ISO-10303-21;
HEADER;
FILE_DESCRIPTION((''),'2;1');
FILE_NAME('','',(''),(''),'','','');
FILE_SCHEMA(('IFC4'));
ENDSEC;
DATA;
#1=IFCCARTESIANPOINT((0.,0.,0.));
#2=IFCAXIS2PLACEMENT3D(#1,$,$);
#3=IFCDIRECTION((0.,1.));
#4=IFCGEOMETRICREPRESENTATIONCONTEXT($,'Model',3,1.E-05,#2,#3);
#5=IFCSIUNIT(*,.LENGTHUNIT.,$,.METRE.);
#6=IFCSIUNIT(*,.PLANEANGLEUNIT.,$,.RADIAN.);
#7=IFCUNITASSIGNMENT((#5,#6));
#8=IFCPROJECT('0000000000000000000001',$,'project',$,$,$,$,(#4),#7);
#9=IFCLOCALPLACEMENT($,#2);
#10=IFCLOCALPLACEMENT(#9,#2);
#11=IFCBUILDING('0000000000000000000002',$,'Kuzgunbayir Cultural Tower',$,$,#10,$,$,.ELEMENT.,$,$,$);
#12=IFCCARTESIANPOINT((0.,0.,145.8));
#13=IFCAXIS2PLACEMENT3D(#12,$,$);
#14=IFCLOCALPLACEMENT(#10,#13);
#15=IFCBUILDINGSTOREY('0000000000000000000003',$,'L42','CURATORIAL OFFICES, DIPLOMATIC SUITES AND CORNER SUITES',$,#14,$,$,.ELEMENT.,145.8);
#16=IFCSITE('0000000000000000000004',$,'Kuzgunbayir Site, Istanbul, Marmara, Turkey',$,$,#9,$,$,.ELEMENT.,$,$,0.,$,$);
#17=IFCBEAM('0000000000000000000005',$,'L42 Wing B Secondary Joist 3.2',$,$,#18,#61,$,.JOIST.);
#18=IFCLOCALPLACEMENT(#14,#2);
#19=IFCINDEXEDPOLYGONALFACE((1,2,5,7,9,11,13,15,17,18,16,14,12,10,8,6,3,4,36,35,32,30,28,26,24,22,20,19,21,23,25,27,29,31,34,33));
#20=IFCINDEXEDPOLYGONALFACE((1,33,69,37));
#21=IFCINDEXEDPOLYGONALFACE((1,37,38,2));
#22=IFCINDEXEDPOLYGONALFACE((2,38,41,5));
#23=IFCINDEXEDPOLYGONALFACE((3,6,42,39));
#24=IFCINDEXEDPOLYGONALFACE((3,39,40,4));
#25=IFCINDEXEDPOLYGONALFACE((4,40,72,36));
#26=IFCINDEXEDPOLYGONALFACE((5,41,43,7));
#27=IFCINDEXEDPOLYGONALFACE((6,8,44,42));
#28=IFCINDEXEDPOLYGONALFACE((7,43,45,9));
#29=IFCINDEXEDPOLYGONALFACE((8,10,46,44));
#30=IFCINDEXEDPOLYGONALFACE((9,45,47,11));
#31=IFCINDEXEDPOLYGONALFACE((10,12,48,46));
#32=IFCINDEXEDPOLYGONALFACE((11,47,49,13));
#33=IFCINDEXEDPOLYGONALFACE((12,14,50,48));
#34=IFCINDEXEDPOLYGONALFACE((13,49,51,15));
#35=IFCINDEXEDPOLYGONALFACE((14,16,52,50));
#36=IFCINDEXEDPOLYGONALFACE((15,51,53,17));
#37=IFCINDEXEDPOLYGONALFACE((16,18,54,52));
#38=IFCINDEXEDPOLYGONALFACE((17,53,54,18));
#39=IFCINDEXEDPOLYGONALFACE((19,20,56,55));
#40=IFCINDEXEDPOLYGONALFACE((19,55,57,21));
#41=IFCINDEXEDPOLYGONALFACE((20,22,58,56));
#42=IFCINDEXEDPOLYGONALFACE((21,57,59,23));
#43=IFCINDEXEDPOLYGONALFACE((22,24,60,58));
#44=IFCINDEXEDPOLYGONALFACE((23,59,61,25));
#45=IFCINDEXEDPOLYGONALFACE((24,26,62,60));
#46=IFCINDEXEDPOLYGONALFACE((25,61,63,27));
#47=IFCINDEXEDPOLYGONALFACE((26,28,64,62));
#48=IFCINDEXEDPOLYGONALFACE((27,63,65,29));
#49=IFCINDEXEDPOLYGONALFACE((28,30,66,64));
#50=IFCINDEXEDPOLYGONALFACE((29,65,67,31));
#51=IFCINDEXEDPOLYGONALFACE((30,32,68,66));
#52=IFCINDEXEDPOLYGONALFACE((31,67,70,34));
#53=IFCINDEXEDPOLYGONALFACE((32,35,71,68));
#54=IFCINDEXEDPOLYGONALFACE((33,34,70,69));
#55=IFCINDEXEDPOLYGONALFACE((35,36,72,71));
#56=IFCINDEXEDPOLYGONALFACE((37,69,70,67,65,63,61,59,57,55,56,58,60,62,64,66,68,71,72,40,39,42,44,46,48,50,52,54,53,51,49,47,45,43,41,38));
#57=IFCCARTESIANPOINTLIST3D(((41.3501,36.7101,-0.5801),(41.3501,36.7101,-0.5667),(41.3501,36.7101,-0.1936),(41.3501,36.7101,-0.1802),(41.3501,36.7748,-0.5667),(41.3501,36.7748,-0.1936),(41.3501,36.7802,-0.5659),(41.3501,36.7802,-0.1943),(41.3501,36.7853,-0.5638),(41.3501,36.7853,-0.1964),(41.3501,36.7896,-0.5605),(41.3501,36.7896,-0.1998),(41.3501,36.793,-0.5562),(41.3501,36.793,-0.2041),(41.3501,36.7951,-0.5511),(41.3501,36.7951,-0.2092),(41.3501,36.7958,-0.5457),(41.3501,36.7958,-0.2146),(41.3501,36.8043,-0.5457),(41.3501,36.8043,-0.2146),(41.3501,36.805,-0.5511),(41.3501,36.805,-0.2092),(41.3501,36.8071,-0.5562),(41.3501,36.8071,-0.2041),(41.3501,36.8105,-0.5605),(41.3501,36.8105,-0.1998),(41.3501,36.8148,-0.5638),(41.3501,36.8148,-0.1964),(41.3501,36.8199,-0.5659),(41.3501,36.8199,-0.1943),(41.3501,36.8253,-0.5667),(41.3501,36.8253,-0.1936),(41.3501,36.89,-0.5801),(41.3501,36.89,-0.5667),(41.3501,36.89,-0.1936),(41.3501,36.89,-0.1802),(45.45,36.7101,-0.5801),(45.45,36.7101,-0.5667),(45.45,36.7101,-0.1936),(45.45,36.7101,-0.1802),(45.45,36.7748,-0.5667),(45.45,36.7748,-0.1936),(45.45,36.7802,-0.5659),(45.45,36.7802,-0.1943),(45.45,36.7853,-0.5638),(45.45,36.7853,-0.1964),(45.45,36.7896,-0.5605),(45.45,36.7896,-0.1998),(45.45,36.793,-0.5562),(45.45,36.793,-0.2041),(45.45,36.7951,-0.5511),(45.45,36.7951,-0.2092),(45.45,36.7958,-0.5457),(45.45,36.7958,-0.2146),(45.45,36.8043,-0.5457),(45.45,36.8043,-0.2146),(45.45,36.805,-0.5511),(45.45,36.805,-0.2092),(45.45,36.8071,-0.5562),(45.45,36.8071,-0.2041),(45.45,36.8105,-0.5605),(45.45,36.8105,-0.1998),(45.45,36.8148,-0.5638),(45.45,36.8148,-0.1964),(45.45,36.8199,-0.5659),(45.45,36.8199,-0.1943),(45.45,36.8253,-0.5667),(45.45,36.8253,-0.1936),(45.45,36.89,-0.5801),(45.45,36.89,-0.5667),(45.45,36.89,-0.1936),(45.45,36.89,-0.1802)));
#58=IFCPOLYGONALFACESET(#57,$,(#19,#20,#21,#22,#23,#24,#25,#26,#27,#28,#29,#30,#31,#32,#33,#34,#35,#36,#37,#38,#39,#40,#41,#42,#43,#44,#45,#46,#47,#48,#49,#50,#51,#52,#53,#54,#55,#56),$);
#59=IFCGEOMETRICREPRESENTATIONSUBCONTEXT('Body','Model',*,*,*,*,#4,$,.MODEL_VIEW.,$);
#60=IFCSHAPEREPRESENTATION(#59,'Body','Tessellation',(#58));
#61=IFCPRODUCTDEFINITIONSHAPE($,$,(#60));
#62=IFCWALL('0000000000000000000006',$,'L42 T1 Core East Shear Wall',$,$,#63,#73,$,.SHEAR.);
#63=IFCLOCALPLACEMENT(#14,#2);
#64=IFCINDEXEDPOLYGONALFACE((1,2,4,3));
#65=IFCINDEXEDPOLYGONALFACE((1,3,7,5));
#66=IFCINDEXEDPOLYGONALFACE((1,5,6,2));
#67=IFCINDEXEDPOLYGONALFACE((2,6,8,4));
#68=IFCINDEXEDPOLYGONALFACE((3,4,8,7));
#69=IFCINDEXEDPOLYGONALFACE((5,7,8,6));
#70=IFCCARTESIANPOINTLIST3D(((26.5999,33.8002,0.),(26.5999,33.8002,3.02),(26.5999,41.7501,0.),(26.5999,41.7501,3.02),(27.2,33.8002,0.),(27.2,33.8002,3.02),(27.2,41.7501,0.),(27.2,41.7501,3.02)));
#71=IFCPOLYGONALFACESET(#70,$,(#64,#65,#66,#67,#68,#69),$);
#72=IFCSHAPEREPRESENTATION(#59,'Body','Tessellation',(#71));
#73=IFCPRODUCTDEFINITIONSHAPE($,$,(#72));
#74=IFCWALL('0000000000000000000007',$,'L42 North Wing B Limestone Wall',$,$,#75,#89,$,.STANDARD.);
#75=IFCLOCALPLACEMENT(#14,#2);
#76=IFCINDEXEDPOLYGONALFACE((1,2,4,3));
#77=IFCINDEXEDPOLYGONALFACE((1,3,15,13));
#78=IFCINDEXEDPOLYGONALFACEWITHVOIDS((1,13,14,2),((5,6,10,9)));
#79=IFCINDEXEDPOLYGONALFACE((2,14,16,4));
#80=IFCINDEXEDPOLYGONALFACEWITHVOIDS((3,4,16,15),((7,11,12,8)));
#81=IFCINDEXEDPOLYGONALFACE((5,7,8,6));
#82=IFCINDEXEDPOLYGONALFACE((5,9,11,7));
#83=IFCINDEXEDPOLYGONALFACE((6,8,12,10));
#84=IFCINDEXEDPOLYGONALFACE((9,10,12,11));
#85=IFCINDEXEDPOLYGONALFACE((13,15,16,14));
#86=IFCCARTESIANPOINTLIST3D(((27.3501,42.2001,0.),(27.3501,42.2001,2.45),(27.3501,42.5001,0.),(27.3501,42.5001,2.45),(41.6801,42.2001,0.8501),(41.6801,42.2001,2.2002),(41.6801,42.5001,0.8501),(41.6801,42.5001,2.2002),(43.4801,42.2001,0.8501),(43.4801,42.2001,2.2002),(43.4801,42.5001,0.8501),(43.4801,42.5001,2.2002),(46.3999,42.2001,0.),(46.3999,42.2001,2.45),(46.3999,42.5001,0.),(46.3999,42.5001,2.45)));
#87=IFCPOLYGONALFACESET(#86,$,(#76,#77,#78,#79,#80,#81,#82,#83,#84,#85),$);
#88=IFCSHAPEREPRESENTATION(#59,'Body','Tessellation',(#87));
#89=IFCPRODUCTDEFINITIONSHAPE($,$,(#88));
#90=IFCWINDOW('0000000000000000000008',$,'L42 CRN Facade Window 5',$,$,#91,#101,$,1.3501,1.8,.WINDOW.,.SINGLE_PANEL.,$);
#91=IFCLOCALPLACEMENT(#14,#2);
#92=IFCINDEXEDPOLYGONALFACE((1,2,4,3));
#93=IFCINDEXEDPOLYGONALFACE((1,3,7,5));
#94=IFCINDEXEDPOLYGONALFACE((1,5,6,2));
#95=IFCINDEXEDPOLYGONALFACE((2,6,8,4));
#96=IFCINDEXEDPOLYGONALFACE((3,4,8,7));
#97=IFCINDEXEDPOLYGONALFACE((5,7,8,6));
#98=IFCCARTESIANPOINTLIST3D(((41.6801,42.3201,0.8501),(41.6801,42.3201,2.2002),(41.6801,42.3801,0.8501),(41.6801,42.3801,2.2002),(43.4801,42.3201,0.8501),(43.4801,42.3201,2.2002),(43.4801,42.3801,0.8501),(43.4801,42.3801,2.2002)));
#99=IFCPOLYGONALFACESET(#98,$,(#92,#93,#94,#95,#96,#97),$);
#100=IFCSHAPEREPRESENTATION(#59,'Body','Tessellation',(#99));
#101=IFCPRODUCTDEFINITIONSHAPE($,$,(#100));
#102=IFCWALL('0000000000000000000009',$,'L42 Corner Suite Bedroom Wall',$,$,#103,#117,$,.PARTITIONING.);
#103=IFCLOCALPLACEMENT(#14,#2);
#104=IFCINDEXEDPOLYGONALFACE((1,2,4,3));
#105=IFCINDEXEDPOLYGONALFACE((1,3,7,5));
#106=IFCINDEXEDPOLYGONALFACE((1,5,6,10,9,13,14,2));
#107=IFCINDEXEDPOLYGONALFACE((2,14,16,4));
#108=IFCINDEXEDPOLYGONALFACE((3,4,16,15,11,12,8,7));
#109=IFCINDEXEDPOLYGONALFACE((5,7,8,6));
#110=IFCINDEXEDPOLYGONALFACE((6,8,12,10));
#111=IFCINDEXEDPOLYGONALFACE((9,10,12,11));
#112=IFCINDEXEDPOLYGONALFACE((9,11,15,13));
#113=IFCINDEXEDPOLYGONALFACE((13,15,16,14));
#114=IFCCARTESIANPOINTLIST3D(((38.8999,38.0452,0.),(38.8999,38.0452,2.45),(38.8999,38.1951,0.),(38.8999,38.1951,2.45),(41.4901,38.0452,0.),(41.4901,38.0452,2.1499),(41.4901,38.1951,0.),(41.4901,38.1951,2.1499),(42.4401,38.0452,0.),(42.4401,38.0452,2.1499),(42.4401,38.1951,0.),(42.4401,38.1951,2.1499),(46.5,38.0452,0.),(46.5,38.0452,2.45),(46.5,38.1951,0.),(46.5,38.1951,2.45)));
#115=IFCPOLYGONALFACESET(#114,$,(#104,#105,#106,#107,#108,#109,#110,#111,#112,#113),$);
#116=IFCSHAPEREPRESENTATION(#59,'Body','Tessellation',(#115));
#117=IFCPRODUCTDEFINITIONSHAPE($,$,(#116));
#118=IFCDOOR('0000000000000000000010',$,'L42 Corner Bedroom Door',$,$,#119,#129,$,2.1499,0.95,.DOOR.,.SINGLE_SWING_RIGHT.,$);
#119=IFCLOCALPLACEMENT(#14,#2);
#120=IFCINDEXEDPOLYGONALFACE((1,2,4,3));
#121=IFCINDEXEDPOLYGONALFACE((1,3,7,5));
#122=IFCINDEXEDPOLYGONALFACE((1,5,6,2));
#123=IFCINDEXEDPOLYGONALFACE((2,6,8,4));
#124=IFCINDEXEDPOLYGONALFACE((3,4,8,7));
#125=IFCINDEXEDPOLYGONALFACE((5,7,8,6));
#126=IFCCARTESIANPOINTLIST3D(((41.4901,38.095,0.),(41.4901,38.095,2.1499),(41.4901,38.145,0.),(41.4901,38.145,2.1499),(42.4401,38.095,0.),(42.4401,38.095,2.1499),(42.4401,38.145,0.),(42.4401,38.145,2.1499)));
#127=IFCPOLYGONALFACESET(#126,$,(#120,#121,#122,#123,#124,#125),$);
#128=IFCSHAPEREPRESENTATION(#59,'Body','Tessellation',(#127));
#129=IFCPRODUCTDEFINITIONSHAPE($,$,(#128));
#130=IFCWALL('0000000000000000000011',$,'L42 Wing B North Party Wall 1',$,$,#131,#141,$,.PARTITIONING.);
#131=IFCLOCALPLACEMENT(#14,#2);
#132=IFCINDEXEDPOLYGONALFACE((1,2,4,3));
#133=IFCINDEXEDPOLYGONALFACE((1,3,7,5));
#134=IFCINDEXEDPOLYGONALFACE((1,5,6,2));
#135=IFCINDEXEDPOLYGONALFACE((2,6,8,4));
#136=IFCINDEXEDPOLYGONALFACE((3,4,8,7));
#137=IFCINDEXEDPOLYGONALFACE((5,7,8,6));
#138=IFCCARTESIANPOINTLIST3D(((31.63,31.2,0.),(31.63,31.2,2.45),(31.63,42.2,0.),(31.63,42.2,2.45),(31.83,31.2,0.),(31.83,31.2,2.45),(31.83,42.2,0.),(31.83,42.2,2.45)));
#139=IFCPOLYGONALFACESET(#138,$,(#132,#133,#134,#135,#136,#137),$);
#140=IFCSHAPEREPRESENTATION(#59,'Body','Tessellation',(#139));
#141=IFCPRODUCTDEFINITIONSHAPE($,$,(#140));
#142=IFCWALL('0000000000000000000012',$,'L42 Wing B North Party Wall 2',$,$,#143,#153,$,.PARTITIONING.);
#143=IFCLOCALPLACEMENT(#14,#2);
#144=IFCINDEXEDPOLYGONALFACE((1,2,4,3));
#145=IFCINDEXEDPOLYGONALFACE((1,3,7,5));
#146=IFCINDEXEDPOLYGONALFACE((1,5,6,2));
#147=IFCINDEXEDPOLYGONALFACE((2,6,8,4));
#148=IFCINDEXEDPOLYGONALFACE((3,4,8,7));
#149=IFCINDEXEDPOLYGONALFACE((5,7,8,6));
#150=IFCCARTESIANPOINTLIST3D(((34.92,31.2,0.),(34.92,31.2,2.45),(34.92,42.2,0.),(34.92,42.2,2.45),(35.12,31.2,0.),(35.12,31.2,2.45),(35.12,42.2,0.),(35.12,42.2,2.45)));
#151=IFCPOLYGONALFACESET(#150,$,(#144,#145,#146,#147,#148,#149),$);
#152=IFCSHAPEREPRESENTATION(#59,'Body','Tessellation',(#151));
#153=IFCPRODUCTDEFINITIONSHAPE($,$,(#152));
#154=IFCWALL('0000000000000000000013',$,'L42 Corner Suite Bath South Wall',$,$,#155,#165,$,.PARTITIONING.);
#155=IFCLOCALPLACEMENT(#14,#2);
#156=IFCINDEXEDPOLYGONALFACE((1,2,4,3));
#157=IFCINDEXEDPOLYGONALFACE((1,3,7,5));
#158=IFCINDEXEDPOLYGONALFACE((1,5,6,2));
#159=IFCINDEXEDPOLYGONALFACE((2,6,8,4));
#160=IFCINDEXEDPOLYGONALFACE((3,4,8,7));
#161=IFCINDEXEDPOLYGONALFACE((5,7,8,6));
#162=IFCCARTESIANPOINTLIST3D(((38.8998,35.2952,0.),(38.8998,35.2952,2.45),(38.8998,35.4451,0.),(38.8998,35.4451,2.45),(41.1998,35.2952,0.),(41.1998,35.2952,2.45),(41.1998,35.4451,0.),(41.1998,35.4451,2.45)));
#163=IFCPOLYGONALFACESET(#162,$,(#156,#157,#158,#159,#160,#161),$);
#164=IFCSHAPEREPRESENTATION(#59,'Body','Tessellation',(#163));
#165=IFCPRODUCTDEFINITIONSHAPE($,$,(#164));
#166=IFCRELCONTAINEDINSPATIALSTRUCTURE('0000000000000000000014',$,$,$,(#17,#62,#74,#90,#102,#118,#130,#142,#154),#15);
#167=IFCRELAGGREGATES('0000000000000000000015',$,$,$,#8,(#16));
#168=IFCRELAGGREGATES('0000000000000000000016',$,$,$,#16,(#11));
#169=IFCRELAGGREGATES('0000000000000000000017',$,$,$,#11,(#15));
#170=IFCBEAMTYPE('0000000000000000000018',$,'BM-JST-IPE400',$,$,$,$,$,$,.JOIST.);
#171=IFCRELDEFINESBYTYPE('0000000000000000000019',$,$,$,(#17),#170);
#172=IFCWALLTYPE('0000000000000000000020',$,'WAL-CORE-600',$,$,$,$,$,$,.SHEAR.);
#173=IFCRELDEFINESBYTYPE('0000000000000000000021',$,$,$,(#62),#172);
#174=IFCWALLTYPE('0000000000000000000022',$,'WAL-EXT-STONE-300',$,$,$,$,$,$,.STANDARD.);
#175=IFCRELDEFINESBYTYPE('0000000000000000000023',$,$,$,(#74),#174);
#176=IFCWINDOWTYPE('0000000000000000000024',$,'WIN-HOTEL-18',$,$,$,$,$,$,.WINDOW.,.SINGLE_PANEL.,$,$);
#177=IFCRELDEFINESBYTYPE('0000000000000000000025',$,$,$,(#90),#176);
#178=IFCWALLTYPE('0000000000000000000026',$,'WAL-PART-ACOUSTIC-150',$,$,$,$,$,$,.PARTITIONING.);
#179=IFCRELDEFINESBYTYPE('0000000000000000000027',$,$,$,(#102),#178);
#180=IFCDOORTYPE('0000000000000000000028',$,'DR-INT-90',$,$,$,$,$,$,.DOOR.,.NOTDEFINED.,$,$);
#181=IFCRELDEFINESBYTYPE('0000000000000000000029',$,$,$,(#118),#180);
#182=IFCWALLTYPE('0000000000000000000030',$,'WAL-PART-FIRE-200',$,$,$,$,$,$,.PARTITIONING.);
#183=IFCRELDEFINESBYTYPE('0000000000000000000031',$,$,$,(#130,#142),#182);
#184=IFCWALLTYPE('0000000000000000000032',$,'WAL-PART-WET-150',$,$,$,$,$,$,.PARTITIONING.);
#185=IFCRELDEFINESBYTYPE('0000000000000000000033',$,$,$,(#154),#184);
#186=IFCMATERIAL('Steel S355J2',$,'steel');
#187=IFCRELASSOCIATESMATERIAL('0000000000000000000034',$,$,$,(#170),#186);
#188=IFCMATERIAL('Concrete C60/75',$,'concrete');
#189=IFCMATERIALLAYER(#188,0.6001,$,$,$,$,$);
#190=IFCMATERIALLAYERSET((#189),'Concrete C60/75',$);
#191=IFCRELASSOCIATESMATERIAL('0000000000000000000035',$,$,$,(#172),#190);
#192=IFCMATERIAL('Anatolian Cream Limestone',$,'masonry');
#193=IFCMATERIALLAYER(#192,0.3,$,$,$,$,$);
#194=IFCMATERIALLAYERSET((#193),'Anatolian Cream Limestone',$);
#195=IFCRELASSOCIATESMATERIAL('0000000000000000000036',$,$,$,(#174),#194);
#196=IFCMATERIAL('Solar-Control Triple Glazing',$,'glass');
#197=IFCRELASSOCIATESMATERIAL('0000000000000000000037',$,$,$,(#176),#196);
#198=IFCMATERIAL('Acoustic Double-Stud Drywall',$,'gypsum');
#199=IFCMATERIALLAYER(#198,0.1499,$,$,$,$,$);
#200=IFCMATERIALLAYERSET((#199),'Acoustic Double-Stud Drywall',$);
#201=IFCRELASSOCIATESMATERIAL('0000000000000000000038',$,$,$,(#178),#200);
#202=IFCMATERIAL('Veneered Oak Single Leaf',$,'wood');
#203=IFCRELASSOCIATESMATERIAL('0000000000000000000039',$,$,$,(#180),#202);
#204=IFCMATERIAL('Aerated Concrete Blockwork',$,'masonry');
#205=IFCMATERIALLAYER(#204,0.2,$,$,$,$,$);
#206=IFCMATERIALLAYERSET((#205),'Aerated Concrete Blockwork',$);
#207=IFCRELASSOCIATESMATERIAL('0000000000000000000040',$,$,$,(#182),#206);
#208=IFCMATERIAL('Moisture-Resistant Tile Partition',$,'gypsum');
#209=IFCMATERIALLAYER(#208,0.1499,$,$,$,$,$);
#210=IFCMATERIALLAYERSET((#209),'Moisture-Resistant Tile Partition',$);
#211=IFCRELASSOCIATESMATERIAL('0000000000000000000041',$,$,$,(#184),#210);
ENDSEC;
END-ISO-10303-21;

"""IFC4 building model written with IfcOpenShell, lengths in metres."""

from ifc_helpers import new_model, si_unit, direction, frame, frame_2d, origin, origin_2d, place, context, subcontext, project, spatial, rectangle, i_section, extrude, material, layer, layer_set, material_profile, profile_set, type_object, element, fill, save


model = new_model("IFC4")

# Units and contexts
model_context = context("Model", 3, precision=1e-05, world=origin(), true_north=direction((0.0, 1.0)))
body_context = subcontext(model_context, "Body", "Model", "MODEL_VIEW")
ifc_project = project(units=[si_unit("LENGTHUNIT", "METRE"), si_unit("PLANEANGLEUNIT", "RADIAN")], contexts=[model_context])

# Site, building, storey
site_placement = place(None, origin())
site = spatial("IfcSite", under=ifc_project, at=site_placement, Name="Kuzgunbayir Site, Istanbul, Marmara, Turkey", CompositionType="ELEMENT", RefElevation=0.0)
building_placement = place(site_placement, origin())
building = spatial("IfcBuilding", under=site, at=building_placement, Name="Kuzgunbayir Cultural Tower", CompositionType="ELEMENT")
storey_placement = place(building_placement, frame((0.0, 0.0, 145.8)))
storey = spatial("IfcBuildingStorey", under=building, at=storey_placement, Name="L42", Description="CURATORIAL OFFICES, DIPLOMATIC SUITES AND CORNER SUITES", CompositionType="ELEMENT", Elevation=145.8)

# Beam
ifc_material_1 = material(Name="Steel S355J2", Category="steel")
ifc_material_profile_1 = material_profile(ifc_material_1, i_section(OverallWidth=0.1799, OverallDepth=0.3999, WebThickness=0.0085, FlangeThickness=0.0134, FilletRadius=0.021, at=origin_2d()), Name="IPE 400")
ifc_profile_set_1 = profile_set([ifc_material_profile_1], Name="Steel S355J2")
beam_type_1 = type_object("IfcBeamType", Name="BM-JST-IPE400", PredefinedType="JOIST", material=ifc_profile_set_1)
for number, where, z_axis, x_axis, name in (
    (1, (41.3501, 36.8, -0.3801), (1.0, 0.0, 0.0), (0.0, 1.0, 0.0), "L42 Wing B Secondary Joist 3.2"),
):
    element("IfcBeam", number, at=place(storey_placement, frame(where, z_axis=z_axis, x_axis=x_axis)), inside=storey, type_object=beam_type_1, Name=name, PredefinedType="JOIST", context=body_context, shape_type="SweptSolid", body=[
        extrude(i_section(OverallWidth=0.1799, OverallDepth=0.3999, WebThickness=0.0085, FlangeThickness=0.0134, FilletRadius=0.021, at=origin_2d()), origin(), (0.0, 0.0, 1.0), 4.0999),
    ])

# Wall
ifc_material_2 = material(Name="Concrete C60/75", Category="concrete")
ifc_layer_1 = layer(ifc_material_2, 0.6001)
ifc_layer_set_1 = layer_set([ifc_layer_1], Name="Concrete C60/75")
wall_type_1 = type_object("IfcWallType", Name="WAL-CORE-600", PredefinedType="SHEAR", material=ifc_layer_set_1)
wall_1_placement = place(storey_placement, frame((26.8999, 33.8, 0.0), z_axis=(0.0, 0.0, 1.0), x_axis=(0.0, 1.0, 0.0)))
element("IfcWall", 2, at=wall_1_placement, inside=storey, type_object=wall_type_1, Name="L42 T1 Core East Shear Wall", PredefinedType="SHEAR", context=body_context, shape_type="SweptSolid", body=[
    extrude(rectangle(XDim=7.95, YDim=0.6001, at=frame_2d((3.9751, 0.0))), origin(), (0.0, 0.0, 1.0), 3.02),
])

# Wall, opening, window
ifc_material_3 = material(Name="Anatolian Cream Limestone", Category="masonry")
ifc_layer_2 = layer(ifc_material_3, 0.3)
ifc_layer_set_2 = layer_set([ifc_layer_2], Name="Anatolian Cream Limestone")
wall_type_2 = type_object("IfcWallType", Name="WAL-EXT-STONE-300", PredefinedType="STANDARD", material=ifc_layer_set_2)
wall_2_placement = place(storey_placement, frame((46.3999, 42.3501, 0.0), z_axis=(0.0, 0.0, 1.0), x_axis=(-1.0, 0.0, 0.0)))
wall_2 = element("IfcWall", 3, at=wall_2_placement, inside=storey, type_object=wall_type_2, Name="L42 North Wing B Limestone Wall", PredefinedType="STANDARD", context=body_context, shape_type="SweptSolid", body=[
    extrude(rectangle(XDim=19.0498, YDim=0.3, at=frame_2d((9.5249, 0.0))), origin(), (0.0, 0.0, 1.0), 2.45),
])
opening_1_placement = place(wall_2_placement, frame((2.9199, 0.0, 0.8501)))
opening_1 = element("IfcOpeningElement", 4, at=opening_1_placement, cuts=wall_2, PredefinedType="OPENING", context=body_context, shape_type="SweptSolid", body=[
    extrude(rectangle(XDim=1.8, YDim=1.3501, at=frame_2d((0.8999, 0.675))), frame((0.0, 0.1602, 0.0), z_axis=(0.0, -1.0, 0.0), x_axis=(1.0, 0.0, 0.0)), (0.0, 0.0, 1.0), 0.3201),
])
ifc_material_4 = material(Name="Solar-Control Triple Glazing", Category="glass")
window_type = type_object("IfcWindowType", Name="WIN-HOTEL-18", PartitioningType="SINGLE_PANEL", PredefinedType="WINDOW", material=ifc_material_4)
window_placement = place(opening_1_placement, origin())
window = element("IfcWindow", 5, at=window_placement, inside=storey, type_object=window_type, Name="L42 CRN Facade Window 5", OverallHeight=1.3501, OverallWidth=1.8, PartitioningType="SINGLE_PANEL", PredefinedType="WINDOW", context=body_context, shape_type="SweptSolid", body=[
    extrude(rectangle(XDim=1.8, YDim=1.3501, at=frame_2d((0.8999, 0.675))), frame((0.0, 0.03, 0.0), z_axis=(0.0, -1.0, 0.0), x_axis=(1.0, 0.0, 0.0)), (0.0, 0.0, 1.0), 0.0601),
])
fill(opening_1, window)

# Wall, opening, door
ifc_material_5 = material(Name="Acoustic Double-Stud Drywall", Category="gypsum")
ifc_layer_3 = layer(ifc_material_5, 0.1499)
ifc_layer_set_3 = layer_set([ifc_layer_3], Name="Acoustic Double-Stud Drywall")
wall_type_3 = type_object("IfcWallType", Name="WAL-PART-ACOUSTIC-150", PredefinedType="PARTITIONING", material=ifc_layer_set_3)
wall_3_placement = place(storey_placement, frame((38.8999, 38.1201, 0.0), z_axis=(0.0, 0.0, 1.0), x_axis=(1.0, 0.0, 0.0)))
wall_3 = element("IfcWall", 6, at=wall_3_placement, inside=storey, type_object=wall_type_3, Name="L42 Corner Suite Bedroom Wall", PredefinedType="PARTITIONING", context=body_context, shape_type="SweptSolid", body=[
    extrude(rectangle(XDim=7.6001, YDim=0.1499, at=frame_2d((3.8, 0.0))), origin(), (0.0, 0.0, 1.0), 2.45),
])
opening_2_placement = place(wall_3_placement, frame((2.5901, 0.0, 0.0)))
opening_2 = element("IfcOpeningElement", 7, at=opening_2_placement, cuts=wall_3, PredefinedType="OPENING", context=body_context, shape_type="SweptSolid", body=[
    extrude(rectangle(XDim=0.95, YDim=2.1499, at=frame_2d((0.4751, 1.075))), frame((0.0, 0.085, 0.0), z_axis=(0.0, -1.0, 0.0), x_axis=(1.0, 0.0, 0.0)), (0.0, 0.0, 1.0), 0.1699),
])
ifc_material_6 = material(Name="Veneered Oak Single Leaf", Category="wood")
door_type_1 = type_object("IfcDoorType", Name="DR-INT-90", OperationType="NOTDEFINED", PredefinedType="DOOR", material=ifc_material_6)
door_1_placement = place(opening_2_placement, origin())
door_1 = element("IfcDoor", 8, at=door_1_placement, inside=storey, type_object=door_type_1, Name="L42 Corner Bedroom Door", OperationType="SINGLE_SWING_RIGHT", OverallHeight=2.1499, OverallWidth=0.95, PredefinedType="DOOR", context=body_context, shape_type="SweptSolid", body=[
    extrude(rectangle(XDim=0.95, YDim=2.1499, at=frame_2d((0.4751, 1.075))), frame((0.0, 0.0249, 0.0), z_axis=(0.0, -1.0, 0.0), x_axis=(1.0, 0.0, 0.0)), (0.0, 0.0, 1.0), 0.05),
])
fill(opening_2, door_1)

# Walls
ifc_material_7 = material(Name="Aerated Concrete Blockwork", Category="masonry")
ifc_layer_4 = layer(ifc_material_7, 0.2)
ifc_layer_set_4 = layer_set([ifc_layer_4], Name="Aerated Concrete Blockwork")
wall_type_4 = type_object("IfcWallType", Name="WAL-PART-FIRE-200", PredefinedType="PARTITIONING", material=ifc_layer_set_4)
for number, where, z_axis, x_axis, name in (
    (9, (31.73, 31.2, 0.0), (0.0, 0.0, 1.0), (0.0, 1.0, 0.0), "L42 Wing B North Party Wall 1"),
    (10, (35.02, 31.2, 0.0), (0.0, 0.0, 1.0), (0.0, 1.0, 0.0), "L42 Wing B North Party Wall 2"),
):
    element("IfcWall", number, at=place(storey_placement, frame(where, z_axis=z_axis, x_axis=x_axis)), inside=storey, type_object=wall_type_4, Name=name, PredefinedType="PARTITIONING", context=body_context, shape_type="SweptSolid", body=[
        extrude(rectangle(XDim=11.0, YDim=0.2, at=frame_2d((5.5, 0.0))), origin(), (0.0, 0.0, 1.0), 2.45),
    ])
ifc_material_8 = material(Name="Moisture-Resistant Tile Partition", Category="gypsum")
ifc_layer_5 = layer(ifc_material_8, 0.1499)
ifc_layer_set_5 = layer_set([ifc_layer_5], Name="Moisture-Resistant Tile Partition")
wall_type_5 = type_object("IfcWallType", Name="WAL-PART-WET-150", PredefinedType="PARTITIONING", material=ifc_layer_set_5)
wall_4_placement = place(storey_placement, frame((38.8999, 35.3701, 0.0), z_axis=(0.0, 0.0, 1.0), x_axis=(1.0, 0.0, 0.0)))
element("IfcWall", 11, at=wall_4_placement, inside=storey, type_object=wall_type_5, Name="L42 Corner Suite Bath South Wall", PredefinedType="PARTITIONING", context=body_context, shape_type="SweptSolid", body=[
    extrude(rectangle(XDim=2.3, YDim=0.1499, at=frame_2d((1.1499, 0.0))), origin(), (0.0, 0.0, 1.0), 2.45),
])

save(model, "model.ifc")
